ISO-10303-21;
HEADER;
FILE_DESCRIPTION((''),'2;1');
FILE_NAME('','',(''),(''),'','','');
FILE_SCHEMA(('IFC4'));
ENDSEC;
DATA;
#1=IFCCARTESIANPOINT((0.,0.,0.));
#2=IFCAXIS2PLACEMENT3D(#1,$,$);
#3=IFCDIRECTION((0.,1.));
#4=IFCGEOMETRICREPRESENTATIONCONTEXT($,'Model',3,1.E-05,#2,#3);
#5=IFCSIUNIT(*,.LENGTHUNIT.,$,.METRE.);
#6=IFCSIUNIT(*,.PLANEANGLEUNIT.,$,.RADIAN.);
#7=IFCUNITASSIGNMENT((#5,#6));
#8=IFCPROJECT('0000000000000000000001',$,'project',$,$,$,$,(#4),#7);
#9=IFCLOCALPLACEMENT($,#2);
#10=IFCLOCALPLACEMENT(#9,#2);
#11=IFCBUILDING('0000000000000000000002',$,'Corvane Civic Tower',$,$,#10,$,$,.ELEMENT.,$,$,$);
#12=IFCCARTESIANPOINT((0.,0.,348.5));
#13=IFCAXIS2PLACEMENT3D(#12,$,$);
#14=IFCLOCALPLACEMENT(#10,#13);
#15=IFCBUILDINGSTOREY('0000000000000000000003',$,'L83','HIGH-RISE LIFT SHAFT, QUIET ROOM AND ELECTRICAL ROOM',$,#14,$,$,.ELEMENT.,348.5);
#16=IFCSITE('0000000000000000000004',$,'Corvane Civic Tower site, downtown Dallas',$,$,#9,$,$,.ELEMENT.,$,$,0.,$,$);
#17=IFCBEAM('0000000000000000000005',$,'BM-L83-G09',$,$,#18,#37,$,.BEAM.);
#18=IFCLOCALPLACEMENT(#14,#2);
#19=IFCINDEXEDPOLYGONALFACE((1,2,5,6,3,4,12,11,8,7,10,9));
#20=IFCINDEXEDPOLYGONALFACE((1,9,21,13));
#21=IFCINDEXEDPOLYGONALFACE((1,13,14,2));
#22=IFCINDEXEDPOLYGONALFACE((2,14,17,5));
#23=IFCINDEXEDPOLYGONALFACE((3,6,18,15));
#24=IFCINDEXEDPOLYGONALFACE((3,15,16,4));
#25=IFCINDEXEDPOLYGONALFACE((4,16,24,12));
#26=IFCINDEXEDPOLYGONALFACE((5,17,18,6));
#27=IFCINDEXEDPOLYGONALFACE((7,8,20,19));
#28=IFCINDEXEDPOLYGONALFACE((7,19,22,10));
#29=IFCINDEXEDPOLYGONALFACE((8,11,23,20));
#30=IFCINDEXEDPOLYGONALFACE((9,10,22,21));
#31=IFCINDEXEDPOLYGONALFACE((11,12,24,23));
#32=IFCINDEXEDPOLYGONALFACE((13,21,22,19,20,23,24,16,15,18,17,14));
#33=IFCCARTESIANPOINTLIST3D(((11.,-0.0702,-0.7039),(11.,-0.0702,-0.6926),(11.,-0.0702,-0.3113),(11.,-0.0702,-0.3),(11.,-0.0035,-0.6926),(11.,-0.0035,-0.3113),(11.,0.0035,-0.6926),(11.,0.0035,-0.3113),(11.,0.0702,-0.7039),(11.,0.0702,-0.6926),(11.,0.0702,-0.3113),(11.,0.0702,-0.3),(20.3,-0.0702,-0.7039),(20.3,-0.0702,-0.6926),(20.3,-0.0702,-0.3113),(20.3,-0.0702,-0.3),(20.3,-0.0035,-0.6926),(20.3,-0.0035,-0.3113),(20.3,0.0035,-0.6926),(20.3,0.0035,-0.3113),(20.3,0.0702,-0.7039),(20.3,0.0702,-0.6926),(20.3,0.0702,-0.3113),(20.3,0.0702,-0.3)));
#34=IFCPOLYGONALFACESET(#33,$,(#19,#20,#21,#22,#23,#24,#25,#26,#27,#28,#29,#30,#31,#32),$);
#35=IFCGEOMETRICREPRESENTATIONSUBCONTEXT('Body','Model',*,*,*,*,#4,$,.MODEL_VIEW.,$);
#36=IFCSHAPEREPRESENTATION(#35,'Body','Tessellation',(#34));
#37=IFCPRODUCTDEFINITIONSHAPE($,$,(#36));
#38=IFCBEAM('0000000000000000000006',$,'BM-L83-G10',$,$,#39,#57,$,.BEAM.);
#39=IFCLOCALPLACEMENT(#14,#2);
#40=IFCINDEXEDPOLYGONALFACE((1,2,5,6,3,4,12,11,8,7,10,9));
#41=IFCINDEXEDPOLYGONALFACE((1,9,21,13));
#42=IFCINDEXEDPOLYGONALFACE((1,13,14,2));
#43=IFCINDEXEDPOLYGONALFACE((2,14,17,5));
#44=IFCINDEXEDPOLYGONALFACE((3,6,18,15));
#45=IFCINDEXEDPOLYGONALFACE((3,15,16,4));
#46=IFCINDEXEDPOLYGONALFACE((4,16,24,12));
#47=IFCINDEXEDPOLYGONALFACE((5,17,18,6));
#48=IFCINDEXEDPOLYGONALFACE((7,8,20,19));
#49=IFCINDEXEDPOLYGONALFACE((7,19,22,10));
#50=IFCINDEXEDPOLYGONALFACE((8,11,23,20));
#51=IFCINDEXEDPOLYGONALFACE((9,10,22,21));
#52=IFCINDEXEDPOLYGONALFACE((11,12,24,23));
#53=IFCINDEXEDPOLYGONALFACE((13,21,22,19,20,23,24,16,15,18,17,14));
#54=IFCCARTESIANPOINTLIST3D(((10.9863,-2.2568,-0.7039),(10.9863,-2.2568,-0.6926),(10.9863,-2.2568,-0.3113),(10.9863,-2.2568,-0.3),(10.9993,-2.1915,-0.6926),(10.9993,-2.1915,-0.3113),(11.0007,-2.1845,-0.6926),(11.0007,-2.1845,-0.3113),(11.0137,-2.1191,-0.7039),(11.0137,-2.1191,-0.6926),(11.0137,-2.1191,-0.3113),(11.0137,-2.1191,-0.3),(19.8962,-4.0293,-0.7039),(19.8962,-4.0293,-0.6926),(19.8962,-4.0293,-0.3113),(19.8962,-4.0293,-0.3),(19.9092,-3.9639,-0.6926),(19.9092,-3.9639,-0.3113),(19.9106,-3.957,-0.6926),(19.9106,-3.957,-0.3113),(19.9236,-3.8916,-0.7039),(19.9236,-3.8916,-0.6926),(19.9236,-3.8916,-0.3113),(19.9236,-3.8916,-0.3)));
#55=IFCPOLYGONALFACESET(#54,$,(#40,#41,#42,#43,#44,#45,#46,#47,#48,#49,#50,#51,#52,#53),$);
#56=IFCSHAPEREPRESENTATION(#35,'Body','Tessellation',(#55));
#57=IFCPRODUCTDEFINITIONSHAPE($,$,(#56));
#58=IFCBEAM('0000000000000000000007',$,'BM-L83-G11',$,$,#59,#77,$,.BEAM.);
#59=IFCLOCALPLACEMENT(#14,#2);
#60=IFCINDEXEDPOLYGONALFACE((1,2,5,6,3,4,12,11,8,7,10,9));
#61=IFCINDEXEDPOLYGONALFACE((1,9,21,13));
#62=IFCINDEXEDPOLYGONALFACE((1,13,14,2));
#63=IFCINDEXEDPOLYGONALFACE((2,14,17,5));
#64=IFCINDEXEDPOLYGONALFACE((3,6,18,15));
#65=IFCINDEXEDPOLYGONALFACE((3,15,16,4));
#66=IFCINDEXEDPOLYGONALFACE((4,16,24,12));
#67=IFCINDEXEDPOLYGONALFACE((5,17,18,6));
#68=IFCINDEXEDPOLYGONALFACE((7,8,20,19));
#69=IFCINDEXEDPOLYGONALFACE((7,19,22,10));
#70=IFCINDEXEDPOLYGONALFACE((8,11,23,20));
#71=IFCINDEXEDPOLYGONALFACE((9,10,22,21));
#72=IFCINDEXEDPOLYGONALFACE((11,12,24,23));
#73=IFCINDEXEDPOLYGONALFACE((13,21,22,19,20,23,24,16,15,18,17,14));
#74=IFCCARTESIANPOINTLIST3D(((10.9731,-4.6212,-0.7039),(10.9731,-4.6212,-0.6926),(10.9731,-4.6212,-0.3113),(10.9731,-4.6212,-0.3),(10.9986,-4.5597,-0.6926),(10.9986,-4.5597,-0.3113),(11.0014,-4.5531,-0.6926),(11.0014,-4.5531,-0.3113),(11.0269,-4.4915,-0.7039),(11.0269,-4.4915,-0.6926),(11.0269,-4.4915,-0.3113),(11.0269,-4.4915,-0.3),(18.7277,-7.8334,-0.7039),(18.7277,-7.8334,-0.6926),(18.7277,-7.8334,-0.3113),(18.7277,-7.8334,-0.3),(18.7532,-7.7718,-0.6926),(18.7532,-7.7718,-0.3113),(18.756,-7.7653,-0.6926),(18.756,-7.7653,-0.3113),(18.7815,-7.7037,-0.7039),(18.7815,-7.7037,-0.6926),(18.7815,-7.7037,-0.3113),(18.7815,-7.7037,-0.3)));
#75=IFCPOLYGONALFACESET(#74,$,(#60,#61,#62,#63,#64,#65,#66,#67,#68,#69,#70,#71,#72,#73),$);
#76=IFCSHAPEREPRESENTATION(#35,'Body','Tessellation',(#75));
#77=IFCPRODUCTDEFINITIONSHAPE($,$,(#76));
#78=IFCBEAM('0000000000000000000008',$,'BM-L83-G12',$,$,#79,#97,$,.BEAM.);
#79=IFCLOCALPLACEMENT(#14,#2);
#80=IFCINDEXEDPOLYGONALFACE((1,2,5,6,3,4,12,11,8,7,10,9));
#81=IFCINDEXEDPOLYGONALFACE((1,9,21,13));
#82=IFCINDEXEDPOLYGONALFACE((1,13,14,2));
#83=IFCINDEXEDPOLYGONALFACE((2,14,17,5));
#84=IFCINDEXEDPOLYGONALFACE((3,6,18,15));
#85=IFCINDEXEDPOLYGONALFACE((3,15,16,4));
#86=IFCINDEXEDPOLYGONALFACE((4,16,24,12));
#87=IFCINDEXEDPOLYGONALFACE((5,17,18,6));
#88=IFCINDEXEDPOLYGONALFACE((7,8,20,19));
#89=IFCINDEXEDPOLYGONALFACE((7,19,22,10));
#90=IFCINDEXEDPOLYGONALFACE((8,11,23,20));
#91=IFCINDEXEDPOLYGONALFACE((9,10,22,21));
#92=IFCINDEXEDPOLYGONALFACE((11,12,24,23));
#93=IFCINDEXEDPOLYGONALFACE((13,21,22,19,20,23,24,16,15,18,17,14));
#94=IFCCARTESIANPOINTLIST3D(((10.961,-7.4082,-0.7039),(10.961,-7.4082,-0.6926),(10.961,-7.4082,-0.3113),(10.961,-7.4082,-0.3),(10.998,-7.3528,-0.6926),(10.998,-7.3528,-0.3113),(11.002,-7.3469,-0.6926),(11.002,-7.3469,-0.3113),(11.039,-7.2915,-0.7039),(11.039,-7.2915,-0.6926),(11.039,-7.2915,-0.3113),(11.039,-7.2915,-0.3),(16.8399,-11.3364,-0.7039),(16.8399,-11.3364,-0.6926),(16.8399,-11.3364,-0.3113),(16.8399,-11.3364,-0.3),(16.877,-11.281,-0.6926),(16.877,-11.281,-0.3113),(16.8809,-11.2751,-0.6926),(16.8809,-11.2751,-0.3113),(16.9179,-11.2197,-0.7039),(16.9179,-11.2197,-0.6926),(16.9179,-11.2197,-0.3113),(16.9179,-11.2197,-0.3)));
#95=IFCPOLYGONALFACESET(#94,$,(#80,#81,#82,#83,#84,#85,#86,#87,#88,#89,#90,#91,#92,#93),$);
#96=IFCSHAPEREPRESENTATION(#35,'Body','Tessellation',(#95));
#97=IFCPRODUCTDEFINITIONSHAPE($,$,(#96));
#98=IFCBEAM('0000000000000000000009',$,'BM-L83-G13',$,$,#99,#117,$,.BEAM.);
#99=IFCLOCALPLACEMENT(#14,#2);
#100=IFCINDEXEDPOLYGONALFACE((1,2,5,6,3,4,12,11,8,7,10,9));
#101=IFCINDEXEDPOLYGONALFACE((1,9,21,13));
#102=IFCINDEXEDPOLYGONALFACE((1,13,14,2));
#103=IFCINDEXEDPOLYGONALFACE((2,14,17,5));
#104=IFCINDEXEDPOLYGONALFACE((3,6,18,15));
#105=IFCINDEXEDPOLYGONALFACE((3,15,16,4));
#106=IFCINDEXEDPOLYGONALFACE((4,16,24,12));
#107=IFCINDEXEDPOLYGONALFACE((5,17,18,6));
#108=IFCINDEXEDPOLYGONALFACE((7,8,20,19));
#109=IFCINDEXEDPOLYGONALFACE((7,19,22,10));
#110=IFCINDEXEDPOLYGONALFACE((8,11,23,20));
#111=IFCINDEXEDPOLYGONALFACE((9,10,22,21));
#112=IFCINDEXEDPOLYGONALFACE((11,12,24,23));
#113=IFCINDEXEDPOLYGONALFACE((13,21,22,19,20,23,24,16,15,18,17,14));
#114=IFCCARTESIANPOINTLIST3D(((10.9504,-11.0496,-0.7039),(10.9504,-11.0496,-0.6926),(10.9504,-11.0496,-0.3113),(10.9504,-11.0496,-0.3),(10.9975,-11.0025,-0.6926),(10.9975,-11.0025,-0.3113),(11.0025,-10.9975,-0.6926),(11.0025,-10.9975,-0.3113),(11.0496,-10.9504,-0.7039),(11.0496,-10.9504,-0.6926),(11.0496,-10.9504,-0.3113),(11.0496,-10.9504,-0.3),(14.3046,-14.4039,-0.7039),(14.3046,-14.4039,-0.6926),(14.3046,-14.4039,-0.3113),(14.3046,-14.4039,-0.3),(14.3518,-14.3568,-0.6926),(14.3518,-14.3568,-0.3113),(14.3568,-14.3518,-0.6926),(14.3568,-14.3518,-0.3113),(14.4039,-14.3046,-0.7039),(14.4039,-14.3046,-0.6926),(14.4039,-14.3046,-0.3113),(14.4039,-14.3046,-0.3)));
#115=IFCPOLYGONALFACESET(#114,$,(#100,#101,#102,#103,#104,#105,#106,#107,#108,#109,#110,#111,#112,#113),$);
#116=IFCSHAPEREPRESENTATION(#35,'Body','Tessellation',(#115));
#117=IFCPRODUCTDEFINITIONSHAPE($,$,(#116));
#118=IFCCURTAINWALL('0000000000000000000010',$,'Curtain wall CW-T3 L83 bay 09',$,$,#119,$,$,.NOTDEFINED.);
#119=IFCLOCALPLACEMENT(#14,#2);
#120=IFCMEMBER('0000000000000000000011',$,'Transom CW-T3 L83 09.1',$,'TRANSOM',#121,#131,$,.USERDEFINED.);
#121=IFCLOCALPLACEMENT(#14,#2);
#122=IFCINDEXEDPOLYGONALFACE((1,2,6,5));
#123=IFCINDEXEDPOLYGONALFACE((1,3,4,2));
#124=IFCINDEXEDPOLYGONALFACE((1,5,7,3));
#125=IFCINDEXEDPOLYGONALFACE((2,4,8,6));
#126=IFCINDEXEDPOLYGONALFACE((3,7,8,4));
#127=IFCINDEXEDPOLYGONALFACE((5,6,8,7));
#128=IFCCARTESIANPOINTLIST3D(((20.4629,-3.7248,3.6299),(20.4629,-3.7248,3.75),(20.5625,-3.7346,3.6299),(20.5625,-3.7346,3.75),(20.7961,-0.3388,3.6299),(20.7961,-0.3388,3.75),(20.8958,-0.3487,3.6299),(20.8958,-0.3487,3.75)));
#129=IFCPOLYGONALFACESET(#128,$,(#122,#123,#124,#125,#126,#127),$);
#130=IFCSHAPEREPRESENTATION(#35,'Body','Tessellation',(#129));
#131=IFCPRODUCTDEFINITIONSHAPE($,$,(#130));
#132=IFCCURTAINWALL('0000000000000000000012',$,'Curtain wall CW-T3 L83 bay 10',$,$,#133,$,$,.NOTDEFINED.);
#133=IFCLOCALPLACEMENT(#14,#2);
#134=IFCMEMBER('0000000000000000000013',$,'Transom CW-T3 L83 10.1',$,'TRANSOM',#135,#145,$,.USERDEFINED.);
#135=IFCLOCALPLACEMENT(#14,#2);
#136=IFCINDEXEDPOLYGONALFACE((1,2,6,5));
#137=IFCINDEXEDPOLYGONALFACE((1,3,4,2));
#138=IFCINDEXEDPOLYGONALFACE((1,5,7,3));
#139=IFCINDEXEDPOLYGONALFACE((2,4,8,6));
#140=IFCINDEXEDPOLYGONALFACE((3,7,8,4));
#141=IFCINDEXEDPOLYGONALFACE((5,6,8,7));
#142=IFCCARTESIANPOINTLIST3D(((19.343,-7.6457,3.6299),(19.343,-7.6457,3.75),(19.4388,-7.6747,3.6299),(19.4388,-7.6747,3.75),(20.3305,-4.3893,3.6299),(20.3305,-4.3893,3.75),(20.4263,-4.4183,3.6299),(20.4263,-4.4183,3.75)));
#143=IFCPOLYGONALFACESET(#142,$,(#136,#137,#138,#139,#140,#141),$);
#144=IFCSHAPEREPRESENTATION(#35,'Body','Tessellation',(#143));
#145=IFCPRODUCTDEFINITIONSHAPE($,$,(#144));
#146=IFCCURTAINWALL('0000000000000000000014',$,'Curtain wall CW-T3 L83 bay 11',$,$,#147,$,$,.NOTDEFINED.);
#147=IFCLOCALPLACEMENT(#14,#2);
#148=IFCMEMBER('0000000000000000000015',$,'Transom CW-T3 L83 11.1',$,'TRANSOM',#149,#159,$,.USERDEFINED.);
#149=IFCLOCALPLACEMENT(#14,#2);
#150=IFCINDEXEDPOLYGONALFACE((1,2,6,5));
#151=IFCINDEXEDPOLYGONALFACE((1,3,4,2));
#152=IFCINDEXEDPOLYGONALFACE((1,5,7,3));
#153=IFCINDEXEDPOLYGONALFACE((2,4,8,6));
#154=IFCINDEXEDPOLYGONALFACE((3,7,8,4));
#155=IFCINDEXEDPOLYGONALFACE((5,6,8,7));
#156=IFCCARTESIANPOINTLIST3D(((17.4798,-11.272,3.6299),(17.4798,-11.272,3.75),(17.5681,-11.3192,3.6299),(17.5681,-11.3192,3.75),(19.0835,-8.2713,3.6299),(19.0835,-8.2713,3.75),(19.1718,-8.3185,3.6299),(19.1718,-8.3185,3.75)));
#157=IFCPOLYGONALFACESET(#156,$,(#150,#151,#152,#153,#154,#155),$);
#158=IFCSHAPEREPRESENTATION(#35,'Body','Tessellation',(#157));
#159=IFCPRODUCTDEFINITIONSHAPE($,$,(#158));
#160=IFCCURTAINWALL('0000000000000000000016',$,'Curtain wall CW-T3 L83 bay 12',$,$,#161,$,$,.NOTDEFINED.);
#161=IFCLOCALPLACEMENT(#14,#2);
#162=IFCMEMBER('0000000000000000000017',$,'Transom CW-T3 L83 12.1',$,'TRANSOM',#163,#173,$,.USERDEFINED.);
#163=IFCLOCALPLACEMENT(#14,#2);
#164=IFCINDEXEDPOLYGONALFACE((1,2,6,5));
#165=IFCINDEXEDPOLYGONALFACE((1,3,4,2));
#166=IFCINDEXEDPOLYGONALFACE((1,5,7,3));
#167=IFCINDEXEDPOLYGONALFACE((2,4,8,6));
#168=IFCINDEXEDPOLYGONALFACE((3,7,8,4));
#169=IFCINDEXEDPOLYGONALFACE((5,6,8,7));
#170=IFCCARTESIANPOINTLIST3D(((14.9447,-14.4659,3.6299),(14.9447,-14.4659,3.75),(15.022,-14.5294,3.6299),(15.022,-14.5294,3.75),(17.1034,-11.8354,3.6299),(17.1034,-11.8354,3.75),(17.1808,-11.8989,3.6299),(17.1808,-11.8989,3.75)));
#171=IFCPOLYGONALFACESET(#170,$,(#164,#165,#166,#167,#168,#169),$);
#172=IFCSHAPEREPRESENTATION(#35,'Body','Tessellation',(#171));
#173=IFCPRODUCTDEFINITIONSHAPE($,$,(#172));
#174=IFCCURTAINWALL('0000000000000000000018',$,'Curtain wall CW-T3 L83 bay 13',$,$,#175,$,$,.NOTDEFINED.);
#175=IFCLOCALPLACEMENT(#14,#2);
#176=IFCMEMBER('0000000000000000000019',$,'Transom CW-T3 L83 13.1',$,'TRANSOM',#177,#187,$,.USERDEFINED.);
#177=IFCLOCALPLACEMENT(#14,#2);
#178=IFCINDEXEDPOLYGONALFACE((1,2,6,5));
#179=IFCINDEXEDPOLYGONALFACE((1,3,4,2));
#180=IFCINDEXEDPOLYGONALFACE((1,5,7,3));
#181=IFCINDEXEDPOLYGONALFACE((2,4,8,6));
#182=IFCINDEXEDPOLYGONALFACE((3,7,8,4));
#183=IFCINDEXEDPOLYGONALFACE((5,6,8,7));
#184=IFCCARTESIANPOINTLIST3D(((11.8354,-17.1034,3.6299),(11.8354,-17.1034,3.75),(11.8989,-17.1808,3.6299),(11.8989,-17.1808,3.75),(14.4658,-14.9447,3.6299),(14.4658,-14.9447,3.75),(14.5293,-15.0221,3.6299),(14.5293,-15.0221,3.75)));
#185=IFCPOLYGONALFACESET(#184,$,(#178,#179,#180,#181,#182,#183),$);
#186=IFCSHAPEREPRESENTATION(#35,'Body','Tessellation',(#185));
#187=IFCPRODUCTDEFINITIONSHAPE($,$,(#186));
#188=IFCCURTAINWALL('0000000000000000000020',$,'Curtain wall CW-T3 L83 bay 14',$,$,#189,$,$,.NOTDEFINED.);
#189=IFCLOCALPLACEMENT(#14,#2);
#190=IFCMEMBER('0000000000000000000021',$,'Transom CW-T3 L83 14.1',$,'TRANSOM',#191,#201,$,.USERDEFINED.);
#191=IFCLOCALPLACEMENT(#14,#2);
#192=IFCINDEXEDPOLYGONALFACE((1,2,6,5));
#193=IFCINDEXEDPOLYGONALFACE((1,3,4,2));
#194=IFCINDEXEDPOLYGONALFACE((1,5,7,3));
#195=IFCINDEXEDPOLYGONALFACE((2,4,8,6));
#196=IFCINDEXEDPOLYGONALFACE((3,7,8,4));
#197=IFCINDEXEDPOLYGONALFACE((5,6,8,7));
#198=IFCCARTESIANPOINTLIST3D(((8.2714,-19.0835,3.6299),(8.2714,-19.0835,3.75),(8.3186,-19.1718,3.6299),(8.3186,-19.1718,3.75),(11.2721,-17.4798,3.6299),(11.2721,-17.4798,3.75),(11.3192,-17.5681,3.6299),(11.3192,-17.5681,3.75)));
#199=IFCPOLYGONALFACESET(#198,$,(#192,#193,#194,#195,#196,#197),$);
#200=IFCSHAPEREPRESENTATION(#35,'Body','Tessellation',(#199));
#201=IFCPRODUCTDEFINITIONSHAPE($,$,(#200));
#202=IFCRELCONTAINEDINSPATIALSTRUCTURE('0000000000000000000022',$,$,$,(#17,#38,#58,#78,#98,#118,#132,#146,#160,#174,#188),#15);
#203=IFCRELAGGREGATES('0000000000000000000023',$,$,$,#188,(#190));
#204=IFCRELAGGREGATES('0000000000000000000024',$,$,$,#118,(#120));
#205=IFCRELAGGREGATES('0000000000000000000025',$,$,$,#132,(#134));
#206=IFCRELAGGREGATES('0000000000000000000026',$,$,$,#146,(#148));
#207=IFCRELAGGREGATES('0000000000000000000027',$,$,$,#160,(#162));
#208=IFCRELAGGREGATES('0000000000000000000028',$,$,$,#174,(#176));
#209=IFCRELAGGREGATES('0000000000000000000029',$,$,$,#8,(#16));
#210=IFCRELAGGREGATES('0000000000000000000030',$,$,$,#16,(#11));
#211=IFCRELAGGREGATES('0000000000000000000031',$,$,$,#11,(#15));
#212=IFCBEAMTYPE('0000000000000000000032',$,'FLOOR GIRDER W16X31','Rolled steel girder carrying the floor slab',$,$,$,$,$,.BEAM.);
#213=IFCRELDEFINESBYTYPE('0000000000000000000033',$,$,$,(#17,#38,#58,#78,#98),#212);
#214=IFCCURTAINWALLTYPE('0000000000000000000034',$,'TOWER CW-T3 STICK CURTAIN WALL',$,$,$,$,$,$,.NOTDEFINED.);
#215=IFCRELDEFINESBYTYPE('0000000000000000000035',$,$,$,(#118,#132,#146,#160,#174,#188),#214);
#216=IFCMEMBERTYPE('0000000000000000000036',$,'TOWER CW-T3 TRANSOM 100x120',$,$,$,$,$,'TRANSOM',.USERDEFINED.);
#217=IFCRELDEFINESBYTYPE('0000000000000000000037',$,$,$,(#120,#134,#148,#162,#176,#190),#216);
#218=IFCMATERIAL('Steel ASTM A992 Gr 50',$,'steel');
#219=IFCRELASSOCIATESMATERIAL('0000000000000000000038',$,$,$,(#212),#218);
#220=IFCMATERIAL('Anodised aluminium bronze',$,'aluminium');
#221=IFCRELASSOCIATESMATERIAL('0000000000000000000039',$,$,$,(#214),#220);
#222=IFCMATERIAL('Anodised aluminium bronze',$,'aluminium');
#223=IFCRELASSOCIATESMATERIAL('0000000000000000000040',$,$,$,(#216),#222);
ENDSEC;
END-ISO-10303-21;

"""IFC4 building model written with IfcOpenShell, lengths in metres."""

from ifc_helpers import new_model, si_unit, direction, frame, origin, origin_2d, place, context, subcontext, project, spatial, rectangle, i_section, extrude, material, material_profile, profile_set, type_object, element, aggregate, save


model = new_model("IFC4")

# Units and contexts
model_context = context("Model", 3, precision=1e-05, world=origin(), true_north=direction((0.0, 1.0)))
body_context = subcontext(model_context, "Body", "Model", "MODEL_VIEW")
ifc_project = project(units=[si_unit("LENGTHUNIT", "METRE"), si_unit("PLANEANGLEUNIT", "RADIAN")], contexts=[model_context])

# Site, building, storey
site_placement = place(None, origin())
site = spatial("IfcSite", under=ifc_project, at=site_placement, Name="Corvane Civic Tower site, downtown Dallas", CompositionType="ELEMENT", RefElevation=0.0)
building_placement = place(site_placement, origin())
building = spatial("IfcBuilding", under=site, at=building_placement, Name="Corvane Civic Tower", CompositionType="ELEMENT")
storey_placement = place(building_placement, frame((0.0, 0.0, 348.5)))
storey = spatial("IfcBuildingStorey", under=building, at=storey_placement, Name="L83", Description="HIGH-RISE LIFT SHAFT, QUIET ROOM AND ELECTRICAL ROOM", CompositionType="ELEMENT", Elevation=348.5)

# Beams
ifc_material_1 = material(Name="Steel ASTM A992 Gr 50", Category="steel")
ifc_material_profile_1 = material_profile(ifc_material_1, i_section(OverallWidth=0.1404, OverallDepth=0.4038, WebThickness=0.0071, FlangeThickness=0.0112, at=origin_2d()), Name="W16X31")
ifc_profile_set_1 = profile_set([ifc_material_profile_1], Name="Steel ASTM A992 Gr 50")
beam_type_1 = type_object("IfcBeamType", Name="FLOOR GIRDER W16X31", Description="Rolled steel girder carrying the floor slab", PredefinedType="BEAM", material=ifc_profile_set_1)
beam_1_placement = place(storey_placement, frame((11.0, 0.0, -0.502), z_axis=(1.0, 0.0, 0.0), x_axis=(0.0, 1.0, 0.0)))
element("IfcBeam", 1, at=beam_1_placement, inside=storey, type_object=beam_type_1, Name="BM-L83-G09", PredefinedType="BEAM", context=body_context, shape_type="SweptSolid", body=[
    extrude(i_section(OverallWidth=0.1404, OverallDepth=0.4038, WebThickness=0.0071, FlangeThickness=0.0112, at=origin_2d()), origin(), (0.0, 0.0, 1.0), 9.3),
])
beam_2_placement = place(storey_placement, frame((11.0, -2.188, -0.502), z_axis=(0.980782, -0.195108, 0.0), x_axis=(0.195108, 0.980782, 0.0)))
element("IfcBeam", 2, at=beam_2_placement, inside=storey, type_object=beam_type_1, Name="BM-L83-G10", PredefinedType="BEAM", context=body_context, shape_type="SweptSolid", body=[
    extrude(i_section(OverallWidth=0.1404, OverallDepth=0.4038, WebThickness=0.0071, FlangeThickness=0.0112, at=origin_2d()), origin(), (0.0, 0.0, 1.0), 9.0845),
])
beam_3_placement = place(storey_placement, frame((11.0, -4.5564, -0.502), z_axis=(0.923876, -0.382692, 0.0), x_axis=(0.382692, 0.923876, 0.0)))
element("IfcBeam", 3, at=beam_3_placement, inside=storey, type_object=beam_type_1, Name="BM-L83-G11", PredefinedType="BEAM", context=body_context, shape_type="SweptSolid", body=[
    extrude(i_section(OverallWidth=0.1404, OverallDepth=0.4038, WebThickness=0.0071, FlangeThickness=0.0112, at=origin_2d()), origin(), (0.0, 0.0, 1.0), 8.3936),
])
beam_4_placement = place(storey_placement, frame((11.0, -7.3499, -0.502), z_axis=(0.831465, -0.555576, 0.0), x_axis=(0.555576, 0.831465, 0.0)))
element("IfcBeam", 4, at=beam_4_placement, inside=storey, type_object=beam_type_1, Name="BM-L83-G12", PredefinedType="BEAM", context=body_context, shape_type="SweptSolid", body=[
    extrude(i_section(OverallWidth=0.1404, OverallDepth=0.4038, WebThickness=0.0071, FlangeThickness=0.0112, at=origin_2d()), origin(), (0.0, 0.0, 1.0), 7.0706),
])
beam_5_placement = place(storey_placement, frame((11.0, -11.0, -0.502), z_axis=(0.707107, -0.707107, 0.0), x_axis=(0.707107, 0.707107, 0.0)))
element("IfcBeam", 5, at=beam_5_placement, inside=storey, type_object=beam_type_1, Name="BM-L83-G13", PredefinedType="BEAM", context=body_context, shape_type="SweptSolid", body=[
    extrude(i_section(OverallWidth=0.1404, OverallDepth=0.4038, WebThickness=0.0071, FlangeThickness=0.0112, at=origin_2d()), origin(), (0.0, 0.0, 1.0), 4.7437),
])

# Curtain walls, members
ifc_material_2 = material(Name="Anodised aluminium bronze", Category="aluminium")
curtain_wall_type = type_object("IfcCurtainWallType", Name="TOWER CW-T3 STICK CURTAIN WALL", PredefinedType="NOTDEFINED", material=ifc_material_2)
curtain_wall_1_placement = place(storey_placement, origin())
curtain_wall_1 = element("IfcCurtainWall", 6, at=curtain_wall_1_placement, inside=storey, type_object=curtain_wall_type, Name="Curtain wall CW-T3 L83 bay 09", PredefinedType="NOTDEFINED")
ifc_material_3 = material(Name="Anodised aluminium bronze", Category="aluminium")
ifc_material_profile_2 = material_profile(ifc_material_3, rectangle(XDim=0.1001, YDim=0.1201, at=origin_2d()), Name="TOWER CW-T3 TRANSOM 100x120")
ifc_profile_set_2 = profile_set([ifc_material_profile_2], Name="Anodised aluminium bronze")
member_type = type_object("IfcMemberType", Name="TOWER CW-T3 TRANSOM 100x120", ElementType="TRANSOM", PredefinedType="USERDEFINED", material=ifc_profile_set_2)
member_1_placement = place(storey_placement, frame((20.8459, -0.3438, 3.6899), z_axis=(-0.097948, -0.995192, 0.0), x_axis=(0.995192, -0.097948, 0.0)))
member_1 = element("IfcMember", 7, at=member_1_placement, type_object=member_type, Name="Transom CW-T3 L83 09.1", ObjectType="TRANSOM", PredefinedType="USERDEFINED", context=body_context, shape_type="SweptSolid", body=[
    extrude(rectangle(XDim=0.1001, YDim=0.1201, at=origin_2d()), origin(), (0.0, 0.0, 1.0), 3.4023),
])
curtain_wall_2_placement = place(storey_placement, origin())
curtain_wall_2 = element("IfcCurtainWall", 8, at=curtain_wall_2_placement, inside=storey, type_object=curtain_wall_type, Name="Curtain wall CW-T3 L83 bay 10", PredefinedType="NOTDEFINED")
member_2_placement = place(storey_placement, frame((20.3784, -4.4038, 3.6899), z_axis=(-0.290216, -0.956961, 0.0), x_axis=(0.956961, -0.290216, 0.0)))
member_2 = element("IfcMember", 9, at=member_2_placement, type_object=member_type, Name="Transom CW-T3 L83 10.1", ObjectType="TRANSOM", PredefinedType="USERDEFINED", context=body_context, shape_type="SweptSolid", body=[
    extrude(rectangle(XDim=0.1001, YDim=0.1201, at=origin_2d()), origin(), (0.0, 0.0, 1.0), 3.4028),
])
curtain_wall_3_placement = place(storey_placement, origin())
curtain_wall_3 = element("IfcCurtainWall", 10, at=curtain_wall_3_placement, inside=storey, type_object=curtain_wall_type, Name="Curtain wall CW-T3 L83 bay 11", PredefinedType="NOTDEFINED")
member_3_placement = place(storey_placement, frame((19.1277, -8.2949, 3.6899), z_axis=(-0.471359, -0.881941, 0.0), x_axis=(0.881941, -0.471359, 0.0)))
member_3 = element("IfcMember", 11, at=member_3_placement, type_object=member_type, Name="Transom CW-T3 L83 11.1", ObjectType="TRANSOM", PredefinedType="USERDEFINED", context=body_context, shape_type="SweptSolid", body=[
    extrude(rectangle(XDim=0.1001, YDim=0.1201, at=origin_2d()), origin(), (0.0, 0.0, 1.0), 3.4023),
])
curtain_wall_4_placement = place(storey_placement, origin())
curtain_wall_4 = element("IfcCurtainWall", 12, at=curtain_wall_4_placement, inside=storey, type_object=curtain_wall_type, Name="Curtain wall CW-T3 L83 bay 12", PredefinedType="NOTDEFINED")
member_4_placement = place(storey_placement, frame((17.1421, -11.8672, 3.6899), z_axis=(-0.634394, -0.77301, 0.0), x_axis=(0.77301, -0.634394, 0.0)))
member_4 = element("IfcMember", 13, at=member_4_placement, type_object=member_type, Name="Transom CW-T3 L83 12.1", ObjectType="TRANSOM", PredefinedType="USERDEFINED", context=body_context, shape_type="SweptSolid", body=[
    extrude(rectangle(XDim=0.1001, YDim=0.1201, at=origin_2d()), origin(), (0.0, 0.0, 1.0), 3.4028),
])
curtain_wall_5_placement = place(storey_placement, origin())
curtain_wall_5 = element("IfcCurtainWall", 14, at=curtain_wall_5_placement, inside=storey, type_object=curtain_wall_type, Name="Curtain wall CW-T3 L83 bay 13", PredefinedType="NOTDEFINED")
member_5_placement = place(storey_placement, frame((14.4976, -14.9834, 3.6899), z_axis=(-0.77301, -0.634394, 0.0), x_axis=(0.634394, -0.77301, 0.0)))
member_5 = element("IfcMember", 15, at=member_5_placement, type_object=member_type, Name="Transom CW-T3 L83 13.1", ObjectType="TRANSOM", PredefinedType="USERDEFINED", context=body_context, shape_type="SweptSolid", body=[
    extrude(rectangle(XDim=0.1001, YDim=0.1201, at=origin_2d()), origin(), (0.0, 0.0, 1.0), 3.4028),
])
curtain_wall_6_placement = place(storey_placement, origin())
curtain_wall_6 = element("IfcCurtainWall", 16, at=curtain_wall_6_placement, inside=storey, type_object=curtain_wall_type, Name="Curtain wall CW-T3 L83 bay 14", PredefinedType="NOTDEFINED")
member_6_placement = place(storey_placement, frame((11.2957, -17.5239, 3.6899), z_axis=(-0.881941, -0.471359, 0.0), x_axis=(0.471359, -0.881941, 0.0)))
member_6 = element("IfcMember", 17, at=member_6_placement, type_object=member_type, Name="Transom CW-T3 L83 14.1", ObjectType="TRANSOM", PredefinedType="USERDEFINED", context=body_context, shape_type="SweptSolid", body=[
    extrude(rectangle(XDim=0.1001, YDim=0.1201, at=origin_2d()), origin(), (0.0, 0.0, 1.0), 3.4023),
])
aggregate(curtain_wall_6, [member_6])

aggregate(curtain_wall_1, [member_1])
aggregate(curtain_wall_2, [member_2])
aggregate(curtain_wall_3, [member_3])
aggregate(curtain_wall_4, [member_4])
aggregate(curtain_wall_5, [member_5])

save(model, "model.ifc")
